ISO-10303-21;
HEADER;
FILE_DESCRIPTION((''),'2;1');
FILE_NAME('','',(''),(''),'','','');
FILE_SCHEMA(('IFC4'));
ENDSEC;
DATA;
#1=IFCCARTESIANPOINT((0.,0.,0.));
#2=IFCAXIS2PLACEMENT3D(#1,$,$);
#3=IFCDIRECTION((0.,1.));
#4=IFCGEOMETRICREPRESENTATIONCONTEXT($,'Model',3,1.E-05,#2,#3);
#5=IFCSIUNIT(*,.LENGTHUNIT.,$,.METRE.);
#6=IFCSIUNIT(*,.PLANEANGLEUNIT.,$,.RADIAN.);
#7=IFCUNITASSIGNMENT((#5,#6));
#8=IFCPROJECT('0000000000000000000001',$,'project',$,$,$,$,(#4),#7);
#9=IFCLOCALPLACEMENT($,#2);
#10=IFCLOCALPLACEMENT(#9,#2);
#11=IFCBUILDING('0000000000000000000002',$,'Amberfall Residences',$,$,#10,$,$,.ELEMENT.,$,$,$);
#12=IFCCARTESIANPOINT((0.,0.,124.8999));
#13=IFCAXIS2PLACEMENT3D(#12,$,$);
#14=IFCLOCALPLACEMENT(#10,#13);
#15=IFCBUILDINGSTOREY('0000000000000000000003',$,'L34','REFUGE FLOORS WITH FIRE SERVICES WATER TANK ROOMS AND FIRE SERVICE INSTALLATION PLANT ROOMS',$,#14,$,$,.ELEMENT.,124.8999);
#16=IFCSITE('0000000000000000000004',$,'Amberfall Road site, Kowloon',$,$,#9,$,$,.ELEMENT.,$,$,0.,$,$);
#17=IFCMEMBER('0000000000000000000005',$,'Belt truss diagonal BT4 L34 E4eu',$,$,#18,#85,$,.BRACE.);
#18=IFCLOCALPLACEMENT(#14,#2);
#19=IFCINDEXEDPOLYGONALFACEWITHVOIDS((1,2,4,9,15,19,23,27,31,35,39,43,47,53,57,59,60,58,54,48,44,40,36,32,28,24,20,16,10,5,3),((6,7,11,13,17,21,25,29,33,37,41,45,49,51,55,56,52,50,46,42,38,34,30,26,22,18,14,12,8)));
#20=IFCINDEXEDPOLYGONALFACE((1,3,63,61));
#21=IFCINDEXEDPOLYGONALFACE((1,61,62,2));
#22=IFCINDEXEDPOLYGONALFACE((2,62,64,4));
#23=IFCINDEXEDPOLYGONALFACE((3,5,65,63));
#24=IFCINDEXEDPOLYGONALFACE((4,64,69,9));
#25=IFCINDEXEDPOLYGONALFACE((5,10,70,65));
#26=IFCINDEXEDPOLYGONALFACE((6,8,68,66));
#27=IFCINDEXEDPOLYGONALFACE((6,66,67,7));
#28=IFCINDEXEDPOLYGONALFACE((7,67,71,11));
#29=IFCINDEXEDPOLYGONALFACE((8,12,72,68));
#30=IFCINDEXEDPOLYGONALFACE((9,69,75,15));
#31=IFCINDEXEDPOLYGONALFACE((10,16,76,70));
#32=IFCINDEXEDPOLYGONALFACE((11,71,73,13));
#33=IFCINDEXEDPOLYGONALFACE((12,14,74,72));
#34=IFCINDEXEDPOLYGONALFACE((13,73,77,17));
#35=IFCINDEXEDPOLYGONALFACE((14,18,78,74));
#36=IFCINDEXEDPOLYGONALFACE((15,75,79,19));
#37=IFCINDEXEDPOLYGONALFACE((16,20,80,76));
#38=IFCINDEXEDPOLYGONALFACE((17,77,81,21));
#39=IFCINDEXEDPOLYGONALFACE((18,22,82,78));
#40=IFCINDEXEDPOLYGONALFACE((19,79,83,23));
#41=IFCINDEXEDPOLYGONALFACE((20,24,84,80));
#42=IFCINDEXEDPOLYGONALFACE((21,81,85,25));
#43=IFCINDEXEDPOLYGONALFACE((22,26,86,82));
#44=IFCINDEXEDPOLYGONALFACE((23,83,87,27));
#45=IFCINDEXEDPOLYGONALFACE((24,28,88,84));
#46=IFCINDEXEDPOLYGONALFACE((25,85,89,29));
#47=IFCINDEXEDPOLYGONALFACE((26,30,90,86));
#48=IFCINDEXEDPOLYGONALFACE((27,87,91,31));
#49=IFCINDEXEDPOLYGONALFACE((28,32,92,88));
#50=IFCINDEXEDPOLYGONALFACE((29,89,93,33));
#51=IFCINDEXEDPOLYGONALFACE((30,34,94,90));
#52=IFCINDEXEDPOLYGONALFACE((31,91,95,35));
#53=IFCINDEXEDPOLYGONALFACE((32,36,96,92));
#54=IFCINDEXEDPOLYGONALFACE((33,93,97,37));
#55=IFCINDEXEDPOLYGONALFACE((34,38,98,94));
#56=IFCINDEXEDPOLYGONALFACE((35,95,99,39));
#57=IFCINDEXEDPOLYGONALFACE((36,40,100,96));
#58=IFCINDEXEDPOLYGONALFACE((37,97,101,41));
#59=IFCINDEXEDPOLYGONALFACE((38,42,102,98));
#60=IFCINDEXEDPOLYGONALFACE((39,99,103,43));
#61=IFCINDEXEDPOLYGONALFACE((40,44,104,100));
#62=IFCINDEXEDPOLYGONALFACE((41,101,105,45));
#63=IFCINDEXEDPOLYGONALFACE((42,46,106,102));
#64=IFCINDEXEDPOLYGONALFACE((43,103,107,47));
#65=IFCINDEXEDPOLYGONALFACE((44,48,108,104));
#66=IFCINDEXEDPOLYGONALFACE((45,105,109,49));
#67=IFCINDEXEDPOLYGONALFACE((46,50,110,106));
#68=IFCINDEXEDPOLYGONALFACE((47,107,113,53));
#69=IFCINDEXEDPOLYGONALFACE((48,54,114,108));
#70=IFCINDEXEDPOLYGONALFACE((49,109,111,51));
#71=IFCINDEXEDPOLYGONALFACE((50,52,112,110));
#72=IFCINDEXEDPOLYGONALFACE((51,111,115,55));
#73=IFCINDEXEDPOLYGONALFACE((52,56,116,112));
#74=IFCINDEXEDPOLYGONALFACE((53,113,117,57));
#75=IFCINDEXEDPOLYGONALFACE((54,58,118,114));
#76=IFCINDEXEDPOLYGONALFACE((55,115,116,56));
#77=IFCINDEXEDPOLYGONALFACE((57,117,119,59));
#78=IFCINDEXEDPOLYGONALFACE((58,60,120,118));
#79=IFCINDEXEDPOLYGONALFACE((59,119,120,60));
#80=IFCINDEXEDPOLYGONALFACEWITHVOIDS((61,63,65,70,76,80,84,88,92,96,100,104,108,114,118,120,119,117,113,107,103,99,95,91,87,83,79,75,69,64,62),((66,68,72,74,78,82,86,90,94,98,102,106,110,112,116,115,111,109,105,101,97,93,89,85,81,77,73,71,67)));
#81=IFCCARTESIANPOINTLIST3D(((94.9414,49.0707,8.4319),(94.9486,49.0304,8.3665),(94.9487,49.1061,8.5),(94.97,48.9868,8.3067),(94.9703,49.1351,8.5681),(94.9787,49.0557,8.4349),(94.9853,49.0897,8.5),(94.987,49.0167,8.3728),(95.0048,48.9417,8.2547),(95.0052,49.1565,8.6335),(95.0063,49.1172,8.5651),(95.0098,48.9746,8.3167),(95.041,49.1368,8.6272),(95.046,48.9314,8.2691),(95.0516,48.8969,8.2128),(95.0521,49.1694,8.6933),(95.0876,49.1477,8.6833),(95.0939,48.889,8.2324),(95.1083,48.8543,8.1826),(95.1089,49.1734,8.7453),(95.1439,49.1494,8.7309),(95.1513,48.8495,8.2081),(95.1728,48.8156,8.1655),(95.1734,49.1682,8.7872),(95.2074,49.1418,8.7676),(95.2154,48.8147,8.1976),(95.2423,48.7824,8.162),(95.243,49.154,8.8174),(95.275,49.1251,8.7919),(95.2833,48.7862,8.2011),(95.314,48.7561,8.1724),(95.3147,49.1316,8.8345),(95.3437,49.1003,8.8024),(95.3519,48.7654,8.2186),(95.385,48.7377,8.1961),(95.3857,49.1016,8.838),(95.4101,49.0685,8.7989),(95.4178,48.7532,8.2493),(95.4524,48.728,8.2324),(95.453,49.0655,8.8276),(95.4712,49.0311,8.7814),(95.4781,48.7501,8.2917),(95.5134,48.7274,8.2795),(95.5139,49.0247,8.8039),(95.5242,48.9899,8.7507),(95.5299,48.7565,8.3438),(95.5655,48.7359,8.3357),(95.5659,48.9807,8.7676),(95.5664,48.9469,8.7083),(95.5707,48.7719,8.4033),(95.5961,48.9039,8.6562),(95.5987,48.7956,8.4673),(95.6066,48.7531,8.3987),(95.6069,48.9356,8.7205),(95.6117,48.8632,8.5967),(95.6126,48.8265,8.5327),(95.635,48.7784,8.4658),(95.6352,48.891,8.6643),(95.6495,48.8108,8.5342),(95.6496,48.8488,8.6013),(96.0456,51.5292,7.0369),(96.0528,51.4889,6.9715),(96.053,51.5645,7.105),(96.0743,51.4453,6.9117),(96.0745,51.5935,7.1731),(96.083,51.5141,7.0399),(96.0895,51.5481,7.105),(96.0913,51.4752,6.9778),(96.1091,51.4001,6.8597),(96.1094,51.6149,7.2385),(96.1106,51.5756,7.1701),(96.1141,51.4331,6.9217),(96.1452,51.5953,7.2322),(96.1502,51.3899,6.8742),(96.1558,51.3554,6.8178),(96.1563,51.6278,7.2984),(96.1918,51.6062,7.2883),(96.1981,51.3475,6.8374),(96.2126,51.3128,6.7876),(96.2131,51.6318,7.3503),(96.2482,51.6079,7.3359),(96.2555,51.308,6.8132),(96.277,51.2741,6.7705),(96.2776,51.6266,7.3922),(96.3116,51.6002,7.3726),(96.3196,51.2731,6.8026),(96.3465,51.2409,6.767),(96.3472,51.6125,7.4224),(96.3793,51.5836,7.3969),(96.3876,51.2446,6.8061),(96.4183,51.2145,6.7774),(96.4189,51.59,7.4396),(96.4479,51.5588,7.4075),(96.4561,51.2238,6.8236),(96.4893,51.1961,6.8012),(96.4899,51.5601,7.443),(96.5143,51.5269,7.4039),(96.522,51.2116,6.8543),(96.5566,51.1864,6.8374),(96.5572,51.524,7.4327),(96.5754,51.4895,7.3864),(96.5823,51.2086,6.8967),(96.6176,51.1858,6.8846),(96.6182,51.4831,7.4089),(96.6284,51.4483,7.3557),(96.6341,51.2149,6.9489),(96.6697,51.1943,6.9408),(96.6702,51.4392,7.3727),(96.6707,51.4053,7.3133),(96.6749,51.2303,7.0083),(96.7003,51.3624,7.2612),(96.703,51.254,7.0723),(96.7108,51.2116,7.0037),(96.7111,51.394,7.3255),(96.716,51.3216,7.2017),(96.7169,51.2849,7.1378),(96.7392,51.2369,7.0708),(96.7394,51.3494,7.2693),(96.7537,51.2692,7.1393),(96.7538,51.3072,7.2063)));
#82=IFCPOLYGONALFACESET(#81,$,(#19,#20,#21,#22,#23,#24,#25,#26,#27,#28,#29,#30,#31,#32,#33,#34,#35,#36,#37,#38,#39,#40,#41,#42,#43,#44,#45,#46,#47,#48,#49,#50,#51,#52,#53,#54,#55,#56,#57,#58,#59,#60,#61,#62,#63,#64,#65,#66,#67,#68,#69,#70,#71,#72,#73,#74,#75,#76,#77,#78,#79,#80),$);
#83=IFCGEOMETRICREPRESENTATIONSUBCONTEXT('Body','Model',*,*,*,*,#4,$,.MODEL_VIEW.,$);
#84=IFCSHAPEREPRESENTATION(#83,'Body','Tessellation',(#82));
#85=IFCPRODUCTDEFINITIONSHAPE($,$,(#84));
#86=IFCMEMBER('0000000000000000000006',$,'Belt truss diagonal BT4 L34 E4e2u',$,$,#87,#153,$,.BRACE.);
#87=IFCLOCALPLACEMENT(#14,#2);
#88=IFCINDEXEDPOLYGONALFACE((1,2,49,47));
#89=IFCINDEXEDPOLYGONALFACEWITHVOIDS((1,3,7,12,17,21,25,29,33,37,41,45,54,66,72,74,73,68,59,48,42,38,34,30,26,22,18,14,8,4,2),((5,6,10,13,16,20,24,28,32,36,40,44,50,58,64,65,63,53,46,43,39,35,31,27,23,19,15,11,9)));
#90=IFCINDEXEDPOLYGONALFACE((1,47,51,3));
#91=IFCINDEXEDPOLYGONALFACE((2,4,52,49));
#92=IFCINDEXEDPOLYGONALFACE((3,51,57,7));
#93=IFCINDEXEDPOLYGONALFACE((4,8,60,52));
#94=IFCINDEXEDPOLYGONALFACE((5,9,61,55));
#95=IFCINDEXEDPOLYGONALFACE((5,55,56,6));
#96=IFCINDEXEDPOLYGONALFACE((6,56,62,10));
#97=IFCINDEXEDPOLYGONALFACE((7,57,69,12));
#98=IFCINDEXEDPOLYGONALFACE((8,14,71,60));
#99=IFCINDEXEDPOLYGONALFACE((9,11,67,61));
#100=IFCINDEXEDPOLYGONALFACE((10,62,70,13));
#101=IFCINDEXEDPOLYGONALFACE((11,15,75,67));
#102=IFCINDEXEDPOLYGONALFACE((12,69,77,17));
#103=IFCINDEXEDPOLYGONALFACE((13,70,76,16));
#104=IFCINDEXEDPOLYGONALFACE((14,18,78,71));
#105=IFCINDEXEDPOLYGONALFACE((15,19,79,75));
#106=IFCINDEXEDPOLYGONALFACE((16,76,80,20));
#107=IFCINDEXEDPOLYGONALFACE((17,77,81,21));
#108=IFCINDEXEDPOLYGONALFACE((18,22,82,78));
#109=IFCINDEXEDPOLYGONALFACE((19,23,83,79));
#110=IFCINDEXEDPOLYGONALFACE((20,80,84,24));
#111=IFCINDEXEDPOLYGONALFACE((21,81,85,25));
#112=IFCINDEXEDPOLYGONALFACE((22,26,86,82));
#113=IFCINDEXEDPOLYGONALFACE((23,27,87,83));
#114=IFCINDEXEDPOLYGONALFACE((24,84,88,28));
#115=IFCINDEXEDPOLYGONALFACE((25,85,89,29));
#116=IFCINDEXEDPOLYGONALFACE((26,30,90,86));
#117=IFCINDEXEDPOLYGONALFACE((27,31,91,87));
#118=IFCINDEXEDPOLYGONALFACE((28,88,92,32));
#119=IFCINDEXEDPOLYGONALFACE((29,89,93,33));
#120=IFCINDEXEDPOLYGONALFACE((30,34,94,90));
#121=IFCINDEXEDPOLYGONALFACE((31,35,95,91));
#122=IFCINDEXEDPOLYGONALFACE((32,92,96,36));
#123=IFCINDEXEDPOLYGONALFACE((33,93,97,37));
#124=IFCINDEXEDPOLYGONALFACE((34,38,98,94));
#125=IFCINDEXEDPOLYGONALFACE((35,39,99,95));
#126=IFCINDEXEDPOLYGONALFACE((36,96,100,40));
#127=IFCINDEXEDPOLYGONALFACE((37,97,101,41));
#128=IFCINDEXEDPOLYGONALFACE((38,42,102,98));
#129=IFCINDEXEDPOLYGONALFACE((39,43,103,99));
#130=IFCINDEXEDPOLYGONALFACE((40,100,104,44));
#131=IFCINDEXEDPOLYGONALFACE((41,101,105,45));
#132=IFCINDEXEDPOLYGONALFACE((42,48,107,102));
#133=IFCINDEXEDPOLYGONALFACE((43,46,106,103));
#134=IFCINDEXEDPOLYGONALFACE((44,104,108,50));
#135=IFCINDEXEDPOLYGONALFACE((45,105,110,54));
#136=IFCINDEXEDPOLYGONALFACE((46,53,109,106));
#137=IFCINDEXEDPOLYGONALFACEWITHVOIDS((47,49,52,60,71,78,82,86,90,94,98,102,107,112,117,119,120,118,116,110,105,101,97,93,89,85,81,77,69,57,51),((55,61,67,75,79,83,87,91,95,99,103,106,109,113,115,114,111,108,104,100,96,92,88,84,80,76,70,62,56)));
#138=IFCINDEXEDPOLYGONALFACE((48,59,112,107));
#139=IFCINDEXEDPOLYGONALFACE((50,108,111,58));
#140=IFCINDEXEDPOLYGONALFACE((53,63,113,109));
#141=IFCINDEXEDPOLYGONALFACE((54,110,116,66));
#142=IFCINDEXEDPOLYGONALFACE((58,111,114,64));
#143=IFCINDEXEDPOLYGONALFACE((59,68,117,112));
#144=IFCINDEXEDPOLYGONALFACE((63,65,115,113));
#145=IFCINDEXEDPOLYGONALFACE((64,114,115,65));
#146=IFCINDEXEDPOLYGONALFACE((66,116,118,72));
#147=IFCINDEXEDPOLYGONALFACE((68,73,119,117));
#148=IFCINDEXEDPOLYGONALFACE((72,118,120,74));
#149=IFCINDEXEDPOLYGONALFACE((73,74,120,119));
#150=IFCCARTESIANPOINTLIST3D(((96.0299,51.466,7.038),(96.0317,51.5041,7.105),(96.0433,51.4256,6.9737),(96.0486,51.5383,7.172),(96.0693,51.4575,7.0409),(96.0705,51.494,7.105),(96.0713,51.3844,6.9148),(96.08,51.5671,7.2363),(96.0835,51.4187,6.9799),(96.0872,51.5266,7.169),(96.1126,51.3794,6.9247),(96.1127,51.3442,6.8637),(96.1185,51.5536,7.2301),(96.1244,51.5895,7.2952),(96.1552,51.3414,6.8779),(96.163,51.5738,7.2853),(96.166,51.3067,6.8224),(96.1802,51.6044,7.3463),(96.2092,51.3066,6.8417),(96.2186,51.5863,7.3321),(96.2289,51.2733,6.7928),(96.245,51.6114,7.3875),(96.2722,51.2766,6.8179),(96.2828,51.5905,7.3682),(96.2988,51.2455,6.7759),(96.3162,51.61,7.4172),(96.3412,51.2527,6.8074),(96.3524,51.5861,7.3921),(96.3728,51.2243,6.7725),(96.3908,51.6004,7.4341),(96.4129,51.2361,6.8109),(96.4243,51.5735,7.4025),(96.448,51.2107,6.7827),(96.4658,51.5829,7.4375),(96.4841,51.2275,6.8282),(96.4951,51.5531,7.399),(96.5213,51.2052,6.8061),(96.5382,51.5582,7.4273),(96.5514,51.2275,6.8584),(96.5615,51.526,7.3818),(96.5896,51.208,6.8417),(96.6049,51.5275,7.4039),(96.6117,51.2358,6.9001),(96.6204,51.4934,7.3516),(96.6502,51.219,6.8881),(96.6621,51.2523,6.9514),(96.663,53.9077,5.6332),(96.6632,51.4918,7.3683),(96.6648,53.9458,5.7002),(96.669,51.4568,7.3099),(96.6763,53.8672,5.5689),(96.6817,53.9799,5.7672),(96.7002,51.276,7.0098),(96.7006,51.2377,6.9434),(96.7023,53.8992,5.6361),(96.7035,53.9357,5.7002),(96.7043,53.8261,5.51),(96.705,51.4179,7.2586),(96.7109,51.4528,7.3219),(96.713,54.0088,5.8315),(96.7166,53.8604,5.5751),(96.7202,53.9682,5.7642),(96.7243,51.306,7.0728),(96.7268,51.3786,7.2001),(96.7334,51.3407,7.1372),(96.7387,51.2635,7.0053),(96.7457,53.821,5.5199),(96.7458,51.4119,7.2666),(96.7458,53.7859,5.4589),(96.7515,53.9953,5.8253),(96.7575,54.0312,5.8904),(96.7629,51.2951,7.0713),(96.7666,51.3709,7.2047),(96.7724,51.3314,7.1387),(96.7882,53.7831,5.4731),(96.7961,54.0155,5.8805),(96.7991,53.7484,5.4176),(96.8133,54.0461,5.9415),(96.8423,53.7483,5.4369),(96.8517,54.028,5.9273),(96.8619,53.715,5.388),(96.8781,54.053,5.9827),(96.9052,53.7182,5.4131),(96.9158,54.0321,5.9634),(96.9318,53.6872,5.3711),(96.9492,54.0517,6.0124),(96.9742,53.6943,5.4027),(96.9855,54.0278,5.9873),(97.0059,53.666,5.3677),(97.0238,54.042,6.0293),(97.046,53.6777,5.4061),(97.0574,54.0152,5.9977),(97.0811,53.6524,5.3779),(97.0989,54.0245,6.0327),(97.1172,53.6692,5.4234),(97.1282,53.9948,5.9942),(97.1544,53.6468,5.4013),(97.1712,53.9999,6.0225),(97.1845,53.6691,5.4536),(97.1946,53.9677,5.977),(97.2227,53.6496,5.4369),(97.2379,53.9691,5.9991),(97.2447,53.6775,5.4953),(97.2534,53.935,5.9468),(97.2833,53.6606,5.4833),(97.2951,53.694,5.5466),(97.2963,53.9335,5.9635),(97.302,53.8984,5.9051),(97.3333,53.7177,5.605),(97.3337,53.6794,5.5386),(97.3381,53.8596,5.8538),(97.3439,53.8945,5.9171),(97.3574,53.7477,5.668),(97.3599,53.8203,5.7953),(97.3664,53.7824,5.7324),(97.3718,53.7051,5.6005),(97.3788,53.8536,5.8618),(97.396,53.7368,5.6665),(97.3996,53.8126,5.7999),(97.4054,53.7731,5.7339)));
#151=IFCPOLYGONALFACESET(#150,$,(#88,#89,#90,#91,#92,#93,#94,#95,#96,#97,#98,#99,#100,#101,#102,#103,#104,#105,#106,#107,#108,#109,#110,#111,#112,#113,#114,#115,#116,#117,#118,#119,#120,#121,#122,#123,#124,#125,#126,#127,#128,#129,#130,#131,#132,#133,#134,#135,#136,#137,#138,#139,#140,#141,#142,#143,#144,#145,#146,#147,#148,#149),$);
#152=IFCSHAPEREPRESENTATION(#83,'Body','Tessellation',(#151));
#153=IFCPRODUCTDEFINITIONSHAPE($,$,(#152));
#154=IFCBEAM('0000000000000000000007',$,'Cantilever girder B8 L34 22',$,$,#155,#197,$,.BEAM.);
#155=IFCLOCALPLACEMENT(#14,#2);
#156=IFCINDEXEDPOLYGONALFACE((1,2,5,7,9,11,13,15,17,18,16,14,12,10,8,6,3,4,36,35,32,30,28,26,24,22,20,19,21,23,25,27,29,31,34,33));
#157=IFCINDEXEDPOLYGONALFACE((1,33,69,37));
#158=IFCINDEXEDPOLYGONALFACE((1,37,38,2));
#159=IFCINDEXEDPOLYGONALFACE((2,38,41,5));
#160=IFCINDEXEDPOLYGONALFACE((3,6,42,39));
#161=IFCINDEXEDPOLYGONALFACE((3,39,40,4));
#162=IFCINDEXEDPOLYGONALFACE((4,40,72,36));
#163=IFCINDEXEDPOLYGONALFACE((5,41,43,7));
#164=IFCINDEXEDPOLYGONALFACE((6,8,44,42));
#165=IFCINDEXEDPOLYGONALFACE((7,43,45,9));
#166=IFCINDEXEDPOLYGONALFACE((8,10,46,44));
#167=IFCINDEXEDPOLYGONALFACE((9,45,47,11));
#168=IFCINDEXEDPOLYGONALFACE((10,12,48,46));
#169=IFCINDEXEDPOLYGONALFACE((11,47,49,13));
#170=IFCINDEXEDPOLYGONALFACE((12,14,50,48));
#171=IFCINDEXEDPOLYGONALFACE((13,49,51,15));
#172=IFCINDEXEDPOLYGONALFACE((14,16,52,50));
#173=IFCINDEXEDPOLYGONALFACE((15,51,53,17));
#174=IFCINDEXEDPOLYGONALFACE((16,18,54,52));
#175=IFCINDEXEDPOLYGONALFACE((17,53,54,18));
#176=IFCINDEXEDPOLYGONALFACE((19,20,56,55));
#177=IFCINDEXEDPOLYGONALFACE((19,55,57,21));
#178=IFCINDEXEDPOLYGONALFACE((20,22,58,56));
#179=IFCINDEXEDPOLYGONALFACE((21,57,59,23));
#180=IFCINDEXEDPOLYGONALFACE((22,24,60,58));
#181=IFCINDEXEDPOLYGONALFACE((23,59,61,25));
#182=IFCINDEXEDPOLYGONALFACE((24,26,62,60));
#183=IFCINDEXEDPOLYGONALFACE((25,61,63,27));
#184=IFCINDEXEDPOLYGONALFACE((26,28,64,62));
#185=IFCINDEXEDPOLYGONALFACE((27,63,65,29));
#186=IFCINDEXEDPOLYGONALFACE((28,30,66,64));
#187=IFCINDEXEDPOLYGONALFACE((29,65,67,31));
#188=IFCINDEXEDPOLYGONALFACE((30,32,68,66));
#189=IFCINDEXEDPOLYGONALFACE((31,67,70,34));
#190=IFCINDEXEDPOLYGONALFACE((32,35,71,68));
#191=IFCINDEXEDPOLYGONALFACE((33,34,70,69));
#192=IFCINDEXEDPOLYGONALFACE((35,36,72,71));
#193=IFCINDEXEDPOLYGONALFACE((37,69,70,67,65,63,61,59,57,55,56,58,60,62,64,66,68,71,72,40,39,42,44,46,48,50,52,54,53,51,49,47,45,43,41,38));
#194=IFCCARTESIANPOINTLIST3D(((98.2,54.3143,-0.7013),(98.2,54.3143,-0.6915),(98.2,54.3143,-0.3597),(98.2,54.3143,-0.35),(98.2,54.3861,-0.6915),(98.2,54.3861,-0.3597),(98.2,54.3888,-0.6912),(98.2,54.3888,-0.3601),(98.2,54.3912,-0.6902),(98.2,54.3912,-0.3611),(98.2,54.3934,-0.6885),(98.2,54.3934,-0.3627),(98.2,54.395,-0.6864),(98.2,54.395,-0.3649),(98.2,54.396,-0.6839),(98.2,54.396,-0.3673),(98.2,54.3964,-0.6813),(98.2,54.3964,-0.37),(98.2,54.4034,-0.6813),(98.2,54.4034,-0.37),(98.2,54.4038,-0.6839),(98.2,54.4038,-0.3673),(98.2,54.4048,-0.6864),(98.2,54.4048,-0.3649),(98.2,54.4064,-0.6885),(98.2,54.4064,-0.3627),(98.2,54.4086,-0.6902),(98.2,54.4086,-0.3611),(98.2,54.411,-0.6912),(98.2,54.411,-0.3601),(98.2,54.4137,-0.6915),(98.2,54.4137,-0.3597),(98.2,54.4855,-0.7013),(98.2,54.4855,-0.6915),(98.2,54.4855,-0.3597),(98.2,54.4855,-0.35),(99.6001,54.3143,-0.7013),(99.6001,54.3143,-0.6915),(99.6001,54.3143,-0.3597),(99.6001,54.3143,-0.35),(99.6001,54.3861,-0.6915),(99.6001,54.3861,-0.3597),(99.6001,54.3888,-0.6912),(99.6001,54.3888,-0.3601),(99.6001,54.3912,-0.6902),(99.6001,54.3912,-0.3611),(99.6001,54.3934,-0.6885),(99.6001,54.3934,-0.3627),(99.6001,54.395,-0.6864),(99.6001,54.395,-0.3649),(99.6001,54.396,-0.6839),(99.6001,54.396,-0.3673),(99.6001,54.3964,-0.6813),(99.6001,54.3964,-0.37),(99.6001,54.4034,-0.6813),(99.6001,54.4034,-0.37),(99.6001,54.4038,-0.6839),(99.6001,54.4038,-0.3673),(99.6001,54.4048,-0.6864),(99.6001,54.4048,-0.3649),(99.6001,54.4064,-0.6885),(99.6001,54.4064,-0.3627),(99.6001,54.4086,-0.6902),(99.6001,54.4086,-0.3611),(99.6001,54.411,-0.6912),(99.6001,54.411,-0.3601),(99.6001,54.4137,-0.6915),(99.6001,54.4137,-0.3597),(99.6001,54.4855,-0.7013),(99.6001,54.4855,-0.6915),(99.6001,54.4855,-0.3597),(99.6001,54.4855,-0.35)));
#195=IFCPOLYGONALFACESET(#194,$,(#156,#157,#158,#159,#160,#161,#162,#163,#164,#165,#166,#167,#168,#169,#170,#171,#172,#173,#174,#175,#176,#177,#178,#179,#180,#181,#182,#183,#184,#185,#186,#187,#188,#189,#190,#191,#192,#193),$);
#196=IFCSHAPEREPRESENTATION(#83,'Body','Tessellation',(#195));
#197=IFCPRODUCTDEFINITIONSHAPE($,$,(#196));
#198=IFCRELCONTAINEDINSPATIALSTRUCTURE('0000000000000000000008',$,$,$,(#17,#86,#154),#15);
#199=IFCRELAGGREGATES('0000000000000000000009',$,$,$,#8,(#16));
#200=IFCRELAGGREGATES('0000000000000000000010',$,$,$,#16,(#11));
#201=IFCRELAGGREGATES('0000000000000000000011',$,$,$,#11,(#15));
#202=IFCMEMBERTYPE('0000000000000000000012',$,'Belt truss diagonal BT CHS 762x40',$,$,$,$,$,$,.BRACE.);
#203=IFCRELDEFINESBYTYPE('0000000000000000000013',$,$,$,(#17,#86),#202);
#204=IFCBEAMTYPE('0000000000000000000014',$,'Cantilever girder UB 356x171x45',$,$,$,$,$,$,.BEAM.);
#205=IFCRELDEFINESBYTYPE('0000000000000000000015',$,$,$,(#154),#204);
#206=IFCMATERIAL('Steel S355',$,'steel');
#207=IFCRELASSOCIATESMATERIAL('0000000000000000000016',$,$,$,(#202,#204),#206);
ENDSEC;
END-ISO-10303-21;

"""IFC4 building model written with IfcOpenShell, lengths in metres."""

from ifc_helpers import new_model, si_unit, direction, frame, origin, origin_2d, place, context, subcontext, project, spatial, hollow_circle, i_section, extrude, material, material_profile, profile_set, type_object, element, save


model = new_model("IFC4")

# Units and contexts
model_context = context("Model", 3, precision=1e-05, world=origin(), true_north=direction((0.0, 1.0)))
body_context = subcontext(model_context, "Body", "Model", "MODEL_VIEW")
ifc_project = project(units=[si_unit("LENGTHUNIT", "METRE"), si_unit("PLANEANGLEUNIT", "RADIAN")], contexts=[model_context])

# Site, building, storey
site_placement = place(None, origin())
site = spatial("IfcSite", under=ifc_project, at=site_placement, Name="Amberfall Road site, Kowloon", CompositionType="ELEMENT", RefElevation=0.0)
building_placement = place(site_placement, origin())
building = spatial("IfcBuilding", under=site, at=building_placement, Name="Amberfall Residences", CompositionType="ELEMENT")
storey_placement = place(building_placement, frame((0.0, 0.0, 124.8999)))
storey = spatial("IfcBuildingStorey", under=building, at=storey_placement, Name="L34", Description="REFUGE FLOORS WITH FIRE SERVICES WATER TANK ROOMS AND FIRE SERVICE INSTALLATION PLANT ROOMS", CompositionType="ELEMENT", Elevation=124.8999)

# Shared definitions
ifc_material_1 = material(Name="Steel S355", Category="steel")

# Members
ifc_material_profile_1 = material_profile(ifc_material_1, hollow_circle(Radius=0.3811, WallThickness=0.04, at=origin_2d()), Name="CHS 762x40")
ifc_profile_set_1 = profile_set([ifc_material_profile_1], Name="Steel S355")
member_type = type_object("IfcMemberType", Name="Belt truss diagonal BT CHS 762x40", PredefinedType="BRACE", material=ifc_profile_set_1)
member_1_placement = place(storey_placement, frame((95.2964, 48.95, 8.5), z_axis=(0.363869, 0.810118, -0.459683), x_axis=(-0.912209, 0.409724, 0.0)))
element("IfcMember", 1, at=member_1_placement, inside=storey, type_object=member_type, Name="Belt truss diagonal BT4 L34 E4eu", PredefinedType="BRACE", context=body_context, shape_type="SweptSolid", body=[
    extrude(hollow_circle(Radius=0.3811, WallThickness=0.04, at=origin_2d()), origin(), (0.0, 0.0, 1.0), 3.0347),
])
member_2_placement = place(storey_placement, frame((96.4006, 51.4084, 7.105), z_axis=(0.219264, 0.845685, -0.486559), x_axis=(-0.967993, 0.250976, 0.0)))
element("IfcMember", 2, at=member_2_placement, inside=storey, type_object=member_type, Name="Belt truss diagonal BT4 L34 E4e2u", PredefinedType="BRACE", context=body_context, shape_type="SweptSolid", body=[
    extrude(hollow_circle(Radius=0.3811, WallThickness=0.04, at=origin_2d()), origin(), (0.0, 0.0, 1.0), 2.8872),
])

# Beam
ifc_material_profile_2 = material_profile(ifc_material_1, i_section(OverallWidth=0.1711, OverallDepth=0.3513, WebThickness=0.0071, FlangeThickness=0.0098, FilletRadius=0.0103, at=origin_2d()), Name="UB 356x171x45")
ifc_profile_set_2 = profile_set([ifc_material_profile_2], Name="Steel S355")
beam_type_1 = type_object("IfcBeamType", Name="Cantilever girder UB 356x171x45", PredefinedType="BEAM", material=ifc_profile_set_2)
beam_1_placement = place(storey_placement, frame((98.2, 54.3999, -0.5256), z_axis=(1.0, 0.0, 0.0), x_axis=(0.0, 1.0, 0.0)))
element("IfcBeam", 3, at=beam_1_placement, inside=storey, type_object=beam_type_1, Name="Cantilever girder B8 L34 22", PredefinedType="BEAM", context=body_context, shape_type="SweptSolid", body=[
    extrude(i_section(OverallWidth=0.1711, OverallDepth=0.3513, WebThickness=0.0071, FlangeThickness=0.0098, FilletRadius=0.0103, at=origin_2d()), origin(), (0.0, 0.0, 1.0), 1.4001),
])

save(model, "model.ifc")
